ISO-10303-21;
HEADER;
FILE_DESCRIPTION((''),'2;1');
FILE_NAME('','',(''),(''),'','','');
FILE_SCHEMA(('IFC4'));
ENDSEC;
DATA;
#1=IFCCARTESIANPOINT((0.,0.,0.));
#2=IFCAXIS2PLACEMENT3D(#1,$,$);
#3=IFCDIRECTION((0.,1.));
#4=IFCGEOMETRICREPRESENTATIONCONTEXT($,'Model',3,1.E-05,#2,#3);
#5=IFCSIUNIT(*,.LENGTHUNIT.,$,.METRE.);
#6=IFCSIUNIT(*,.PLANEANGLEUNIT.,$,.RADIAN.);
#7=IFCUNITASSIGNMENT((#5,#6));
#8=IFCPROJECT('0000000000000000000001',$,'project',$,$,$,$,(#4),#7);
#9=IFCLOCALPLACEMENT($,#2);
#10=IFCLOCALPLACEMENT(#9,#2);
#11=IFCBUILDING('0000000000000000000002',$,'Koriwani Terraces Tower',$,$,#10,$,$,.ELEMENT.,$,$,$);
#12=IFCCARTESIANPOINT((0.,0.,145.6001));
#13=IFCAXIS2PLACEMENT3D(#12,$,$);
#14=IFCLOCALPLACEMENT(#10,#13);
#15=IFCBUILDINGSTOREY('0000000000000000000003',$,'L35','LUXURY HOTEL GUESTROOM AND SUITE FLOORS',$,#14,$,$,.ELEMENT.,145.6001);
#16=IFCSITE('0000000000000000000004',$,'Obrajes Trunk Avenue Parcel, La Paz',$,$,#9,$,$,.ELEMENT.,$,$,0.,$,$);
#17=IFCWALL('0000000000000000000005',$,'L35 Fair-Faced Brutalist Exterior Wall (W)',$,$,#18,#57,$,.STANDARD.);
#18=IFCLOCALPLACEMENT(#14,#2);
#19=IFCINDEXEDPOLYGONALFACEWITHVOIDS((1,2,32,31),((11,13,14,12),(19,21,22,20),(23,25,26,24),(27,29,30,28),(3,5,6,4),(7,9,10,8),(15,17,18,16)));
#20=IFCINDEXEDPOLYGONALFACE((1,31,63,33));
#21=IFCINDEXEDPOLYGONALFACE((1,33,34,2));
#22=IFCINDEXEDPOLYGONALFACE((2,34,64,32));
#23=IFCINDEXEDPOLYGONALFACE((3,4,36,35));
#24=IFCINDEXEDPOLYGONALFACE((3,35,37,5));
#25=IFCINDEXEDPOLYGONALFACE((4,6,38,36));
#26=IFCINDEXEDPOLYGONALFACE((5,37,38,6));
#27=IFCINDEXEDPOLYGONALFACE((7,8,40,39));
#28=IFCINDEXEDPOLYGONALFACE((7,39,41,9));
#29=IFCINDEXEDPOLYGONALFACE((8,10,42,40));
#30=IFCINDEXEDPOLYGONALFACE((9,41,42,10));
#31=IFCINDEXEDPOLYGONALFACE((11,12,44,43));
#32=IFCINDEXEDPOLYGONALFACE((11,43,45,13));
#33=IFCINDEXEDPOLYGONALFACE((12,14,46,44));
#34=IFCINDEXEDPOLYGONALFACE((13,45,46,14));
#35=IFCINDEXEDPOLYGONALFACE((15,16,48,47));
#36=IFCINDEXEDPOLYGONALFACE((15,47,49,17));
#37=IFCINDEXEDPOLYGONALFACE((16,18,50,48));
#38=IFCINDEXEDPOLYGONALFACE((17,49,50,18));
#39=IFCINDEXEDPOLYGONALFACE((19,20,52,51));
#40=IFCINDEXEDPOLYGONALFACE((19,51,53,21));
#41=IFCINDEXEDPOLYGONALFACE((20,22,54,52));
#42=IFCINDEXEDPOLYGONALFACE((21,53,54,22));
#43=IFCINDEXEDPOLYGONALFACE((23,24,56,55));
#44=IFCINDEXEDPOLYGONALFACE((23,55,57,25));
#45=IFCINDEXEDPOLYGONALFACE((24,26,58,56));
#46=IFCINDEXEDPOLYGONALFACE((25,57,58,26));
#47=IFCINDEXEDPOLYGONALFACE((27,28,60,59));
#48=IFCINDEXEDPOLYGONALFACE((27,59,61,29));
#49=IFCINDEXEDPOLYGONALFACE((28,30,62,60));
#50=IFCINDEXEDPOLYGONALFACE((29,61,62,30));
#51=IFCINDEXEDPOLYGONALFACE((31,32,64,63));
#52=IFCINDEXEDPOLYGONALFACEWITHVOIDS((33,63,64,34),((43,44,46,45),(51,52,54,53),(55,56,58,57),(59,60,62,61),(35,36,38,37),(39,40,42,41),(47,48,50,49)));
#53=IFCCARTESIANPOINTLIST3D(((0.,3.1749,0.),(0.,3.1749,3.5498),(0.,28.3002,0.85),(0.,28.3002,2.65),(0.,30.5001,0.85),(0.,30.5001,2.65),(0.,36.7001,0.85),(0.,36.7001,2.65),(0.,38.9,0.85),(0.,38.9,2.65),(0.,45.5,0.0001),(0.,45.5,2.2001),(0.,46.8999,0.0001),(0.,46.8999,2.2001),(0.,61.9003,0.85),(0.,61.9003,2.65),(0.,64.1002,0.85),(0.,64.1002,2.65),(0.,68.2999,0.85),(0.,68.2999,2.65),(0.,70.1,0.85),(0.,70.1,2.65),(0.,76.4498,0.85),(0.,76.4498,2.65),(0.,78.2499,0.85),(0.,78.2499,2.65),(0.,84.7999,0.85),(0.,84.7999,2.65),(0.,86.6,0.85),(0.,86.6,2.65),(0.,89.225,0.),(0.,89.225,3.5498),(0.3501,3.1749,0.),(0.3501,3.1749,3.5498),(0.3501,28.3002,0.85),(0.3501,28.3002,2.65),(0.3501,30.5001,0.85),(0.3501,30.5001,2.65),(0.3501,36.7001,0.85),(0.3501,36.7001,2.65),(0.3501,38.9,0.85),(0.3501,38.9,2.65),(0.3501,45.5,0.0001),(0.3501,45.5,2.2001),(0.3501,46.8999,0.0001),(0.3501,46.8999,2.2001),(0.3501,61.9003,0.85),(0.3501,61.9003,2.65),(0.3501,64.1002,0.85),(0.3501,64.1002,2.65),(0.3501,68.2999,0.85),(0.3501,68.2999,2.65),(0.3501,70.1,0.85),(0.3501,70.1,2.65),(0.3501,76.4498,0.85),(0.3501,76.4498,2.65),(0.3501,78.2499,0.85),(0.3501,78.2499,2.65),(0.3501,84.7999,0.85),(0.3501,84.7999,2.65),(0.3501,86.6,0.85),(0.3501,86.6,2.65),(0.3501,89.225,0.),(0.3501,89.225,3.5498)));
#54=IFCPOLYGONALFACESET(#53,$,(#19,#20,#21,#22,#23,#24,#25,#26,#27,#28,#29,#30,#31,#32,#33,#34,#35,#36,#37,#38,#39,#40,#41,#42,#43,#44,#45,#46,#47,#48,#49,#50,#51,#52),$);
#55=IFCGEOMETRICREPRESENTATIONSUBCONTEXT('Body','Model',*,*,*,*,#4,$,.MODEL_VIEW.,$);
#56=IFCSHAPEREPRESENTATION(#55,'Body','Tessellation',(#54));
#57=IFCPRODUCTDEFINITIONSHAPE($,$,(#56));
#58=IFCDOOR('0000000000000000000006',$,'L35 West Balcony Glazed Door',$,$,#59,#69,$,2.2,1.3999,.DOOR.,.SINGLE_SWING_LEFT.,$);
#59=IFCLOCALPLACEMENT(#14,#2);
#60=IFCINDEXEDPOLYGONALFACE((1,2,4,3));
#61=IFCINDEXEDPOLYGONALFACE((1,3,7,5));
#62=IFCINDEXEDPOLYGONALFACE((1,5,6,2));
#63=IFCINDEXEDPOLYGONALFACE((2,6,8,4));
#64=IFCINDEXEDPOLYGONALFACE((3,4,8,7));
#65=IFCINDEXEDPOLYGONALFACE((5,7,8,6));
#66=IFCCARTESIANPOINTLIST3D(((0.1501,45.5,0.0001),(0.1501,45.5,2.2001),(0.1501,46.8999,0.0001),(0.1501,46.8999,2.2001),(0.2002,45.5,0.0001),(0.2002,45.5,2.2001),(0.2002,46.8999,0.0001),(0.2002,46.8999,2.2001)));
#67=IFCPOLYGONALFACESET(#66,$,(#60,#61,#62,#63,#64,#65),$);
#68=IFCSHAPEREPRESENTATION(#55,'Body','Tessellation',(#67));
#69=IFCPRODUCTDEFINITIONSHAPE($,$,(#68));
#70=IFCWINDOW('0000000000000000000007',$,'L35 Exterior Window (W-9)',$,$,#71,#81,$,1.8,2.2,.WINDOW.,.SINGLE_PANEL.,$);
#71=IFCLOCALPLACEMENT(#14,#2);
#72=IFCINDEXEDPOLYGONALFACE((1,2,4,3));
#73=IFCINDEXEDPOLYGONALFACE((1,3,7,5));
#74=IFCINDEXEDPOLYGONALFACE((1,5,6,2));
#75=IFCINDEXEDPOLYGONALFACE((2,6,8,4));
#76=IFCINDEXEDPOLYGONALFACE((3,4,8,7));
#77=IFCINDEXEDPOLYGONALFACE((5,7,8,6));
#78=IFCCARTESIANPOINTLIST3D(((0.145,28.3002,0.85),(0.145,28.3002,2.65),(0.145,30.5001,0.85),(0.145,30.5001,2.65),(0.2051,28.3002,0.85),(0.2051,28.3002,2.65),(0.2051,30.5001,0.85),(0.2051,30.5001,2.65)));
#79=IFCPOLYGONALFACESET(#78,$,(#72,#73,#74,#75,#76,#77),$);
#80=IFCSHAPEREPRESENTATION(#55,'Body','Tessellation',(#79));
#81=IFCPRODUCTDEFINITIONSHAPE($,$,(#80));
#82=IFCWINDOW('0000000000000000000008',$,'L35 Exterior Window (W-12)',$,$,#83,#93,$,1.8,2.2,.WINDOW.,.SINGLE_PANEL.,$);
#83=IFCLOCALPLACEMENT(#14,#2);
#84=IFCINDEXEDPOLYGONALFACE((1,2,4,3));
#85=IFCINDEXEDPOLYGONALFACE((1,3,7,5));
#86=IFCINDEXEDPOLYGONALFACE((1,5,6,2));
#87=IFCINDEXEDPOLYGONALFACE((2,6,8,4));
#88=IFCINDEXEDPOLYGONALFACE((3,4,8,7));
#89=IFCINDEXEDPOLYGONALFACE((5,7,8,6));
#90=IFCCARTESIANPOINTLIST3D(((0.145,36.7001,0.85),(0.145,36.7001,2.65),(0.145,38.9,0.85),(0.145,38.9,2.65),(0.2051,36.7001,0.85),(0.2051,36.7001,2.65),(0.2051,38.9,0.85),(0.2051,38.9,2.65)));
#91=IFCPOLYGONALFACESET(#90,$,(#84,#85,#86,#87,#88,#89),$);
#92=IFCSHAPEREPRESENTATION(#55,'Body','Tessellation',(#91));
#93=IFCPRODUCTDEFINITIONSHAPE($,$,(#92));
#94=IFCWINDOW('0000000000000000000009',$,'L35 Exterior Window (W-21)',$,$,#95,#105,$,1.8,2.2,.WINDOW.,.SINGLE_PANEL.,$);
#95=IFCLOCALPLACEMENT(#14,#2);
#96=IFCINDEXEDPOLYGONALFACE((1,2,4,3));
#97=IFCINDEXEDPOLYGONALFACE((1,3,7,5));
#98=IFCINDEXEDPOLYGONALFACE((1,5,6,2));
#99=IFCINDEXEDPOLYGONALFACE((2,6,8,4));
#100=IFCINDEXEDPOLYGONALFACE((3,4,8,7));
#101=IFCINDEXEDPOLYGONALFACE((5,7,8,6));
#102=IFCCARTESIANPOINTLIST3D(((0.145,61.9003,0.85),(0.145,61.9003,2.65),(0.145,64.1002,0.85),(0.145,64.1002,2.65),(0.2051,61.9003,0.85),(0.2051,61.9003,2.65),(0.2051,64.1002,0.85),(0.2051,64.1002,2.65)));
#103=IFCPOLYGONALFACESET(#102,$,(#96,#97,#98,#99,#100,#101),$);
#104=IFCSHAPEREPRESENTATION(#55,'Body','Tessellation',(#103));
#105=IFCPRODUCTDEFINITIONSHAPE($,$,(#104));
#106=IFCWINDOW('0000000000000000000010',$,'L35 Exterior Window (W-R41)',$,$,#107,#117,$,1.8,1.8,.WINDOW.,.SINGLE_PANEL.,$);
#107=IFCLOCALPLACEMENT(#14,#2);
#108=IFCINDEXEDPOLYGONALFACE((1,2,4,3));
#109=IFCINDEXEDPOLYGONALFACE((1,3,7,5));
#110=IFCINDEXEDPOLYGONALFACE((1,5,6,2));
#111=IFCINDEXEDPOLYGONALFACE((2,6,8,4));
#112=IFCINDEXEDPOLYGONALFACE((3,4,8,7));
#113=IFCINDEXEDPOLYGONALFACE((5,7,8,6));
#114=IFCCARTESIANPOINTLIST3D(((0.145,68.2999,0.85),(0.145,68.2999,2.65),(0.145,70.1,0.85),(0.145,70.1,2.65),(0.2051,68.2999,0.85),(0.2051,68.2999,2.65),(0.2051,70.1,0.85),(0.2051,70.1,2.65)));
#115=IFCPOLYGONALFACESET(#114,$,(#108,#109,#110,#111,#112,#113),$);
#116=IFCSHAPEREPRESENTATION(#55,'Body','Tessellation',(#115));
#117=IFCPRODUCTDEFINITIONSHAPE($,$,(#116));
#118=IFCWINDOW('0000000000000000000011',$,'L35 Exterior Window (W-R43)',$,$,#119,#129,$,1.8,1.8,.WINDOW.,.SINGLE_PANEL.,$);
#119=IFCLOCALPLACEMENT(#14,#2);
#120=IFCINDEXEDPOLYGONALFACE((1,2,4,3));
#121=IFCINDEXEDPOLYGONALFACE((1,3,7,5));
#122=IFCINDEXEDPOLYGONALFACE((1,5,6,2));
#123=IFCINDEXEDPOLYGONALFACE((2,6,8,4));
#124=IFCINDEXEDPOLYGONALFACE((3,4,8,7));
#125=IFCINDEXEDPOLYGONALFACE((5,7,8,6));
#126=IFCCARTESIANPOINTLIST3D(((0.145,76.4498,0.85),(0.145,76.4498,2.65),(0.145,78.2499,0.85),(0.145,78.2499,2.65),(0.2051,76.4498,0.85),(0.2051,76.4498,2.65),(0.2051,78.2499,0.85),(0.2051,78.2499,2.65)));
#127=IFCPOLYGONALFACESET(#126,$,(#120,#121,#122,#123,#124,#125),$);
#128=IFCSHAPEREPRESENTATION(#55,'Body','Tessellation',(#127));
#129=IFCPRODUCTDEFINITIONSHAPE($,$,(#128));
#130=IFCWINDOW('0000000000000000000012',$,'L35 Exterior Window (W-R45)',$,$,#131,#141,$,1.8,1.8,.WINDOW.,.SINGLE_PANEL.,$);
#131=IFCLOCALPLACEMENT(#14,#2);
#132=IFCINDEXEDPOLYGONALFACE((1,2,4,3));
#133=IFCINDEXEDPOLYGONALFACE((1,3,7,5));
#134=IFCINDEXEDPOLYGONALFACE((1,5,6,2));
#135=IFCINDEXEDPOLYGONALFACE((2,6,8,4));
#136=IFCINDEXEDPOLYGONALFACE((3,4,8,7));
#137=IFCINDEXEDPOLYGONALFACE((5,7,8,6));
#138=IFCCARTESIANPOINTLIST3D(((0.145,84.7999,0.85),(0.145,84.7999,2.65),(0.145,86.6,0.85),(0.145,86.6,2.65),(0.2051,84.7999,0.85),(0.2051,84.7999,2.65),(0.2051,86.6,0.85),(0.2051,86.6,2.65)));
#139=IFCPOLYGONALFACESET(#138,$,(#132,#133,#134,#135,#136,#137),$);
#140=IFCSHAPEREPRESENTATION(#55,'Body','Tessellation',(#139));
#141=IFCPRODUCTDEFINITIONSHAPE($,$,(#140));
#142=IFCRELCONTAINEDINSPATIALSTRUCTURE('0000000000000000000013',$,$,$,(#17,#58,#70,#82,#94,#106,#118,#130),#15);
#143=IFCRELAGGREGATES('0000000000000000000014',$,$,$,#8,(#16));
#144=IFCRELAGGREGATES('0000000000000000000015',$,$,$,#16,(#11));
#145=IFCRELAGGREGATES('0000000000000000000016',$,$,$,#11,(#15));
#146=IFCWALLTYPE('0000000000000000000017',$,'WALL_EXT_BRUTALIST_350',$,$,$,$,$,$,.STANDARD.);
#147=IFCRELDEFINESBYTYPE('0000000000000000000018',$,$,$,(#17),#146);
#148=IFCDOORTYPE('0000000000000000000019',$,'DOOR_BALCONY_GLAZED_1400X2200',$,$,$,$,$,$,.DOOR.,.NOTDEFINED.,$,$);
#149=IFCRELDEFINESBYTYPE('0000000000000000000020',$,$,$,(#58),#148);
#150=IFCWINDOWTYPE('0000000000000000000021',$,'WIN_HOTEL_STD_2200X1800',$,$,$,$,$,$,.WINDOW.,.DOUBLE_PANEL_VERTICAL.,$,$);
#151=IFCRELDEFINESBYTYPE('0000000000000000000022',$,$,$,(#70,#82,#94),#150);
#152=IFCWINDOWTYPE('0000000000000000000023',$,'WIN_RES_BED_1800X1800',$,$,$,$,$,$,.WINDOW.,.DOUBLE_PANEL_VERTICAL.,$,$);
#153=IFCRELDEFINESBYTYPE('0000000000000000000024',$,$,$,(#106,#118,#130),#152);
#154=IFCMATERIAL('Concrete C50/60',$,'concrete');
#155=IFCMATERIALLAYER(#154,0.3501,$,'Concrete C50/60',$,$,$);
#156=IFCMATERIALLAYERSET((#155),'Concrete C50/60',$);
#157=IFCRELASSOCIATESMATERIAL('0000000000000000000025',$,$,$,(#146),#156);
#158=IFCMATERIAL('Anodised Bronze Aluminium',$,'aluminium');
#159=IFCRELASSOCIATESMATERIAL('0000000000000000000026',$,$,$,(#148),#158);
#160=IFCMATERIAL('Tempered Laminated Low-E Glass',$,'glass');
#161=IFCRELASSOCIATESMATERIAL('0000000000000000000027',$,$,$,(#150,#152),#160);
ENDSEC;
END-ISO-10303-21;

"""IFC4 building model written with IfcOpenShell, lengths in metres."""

from ifc_helpers import new_model, si_unit, direction, frame, frame_2d, origin, place, context, subcontext, project, spatial, rectangle, extrude, material, layer, layer_set, type_object, element, fill, save


model = new_model("IFC4")

# Units and contexts
model_context = context("Model", 3, precision=1e-05, world=origin(), true_north=direction((0.0, 1.0)))
body_context = subcontext(model_context, "Body", "Model", "MODEL_VIEW")
ifc_project = project(units=[si_unit("LENGTHUNIT", "METRE"), si_unit("PLANEANGLEUNIT", "RADIAN")], contexts=[model_context])

# Site, building, storey
site_placement = place(None, origin())
site = spatial("IfcSite", under=ifc_project, at=site_placement, Name="Obrajes Trunk Avenue Parcel, La Paz", CompositionType="ELEMENT", RefElevation=0.0)
building_placement = place(site_placement, origin())
building = spatial("IfcBuilding", under=site, at=building_placement, Name="Koriwani Terraces Tower", CompositionType="ELEMENT")
storey_placement = place(building_placement, frame((0.0, 0.0, 145.6001)))
storey = spatial("IfcBuildingStorey", under=building, at=storey_placement, Name="L35", Description="LUXURY HOTEL GUESTROOM AND SUITE FLOORS", CompositionType="ELEMENT", Elevation=145.6001)

# Shared definitions
ifc_material_1 = material(Name="Concrete C50/60", Category="concrete")

# Shared definitions
ifc_layer_1 = layer(ifc_material_1, 0.3501, Name="Concrete C50/60")
ifc_layer_set_1 = layer_set([ifc_layer_1], Name="Concrete C50/60")
wall_type_1 = type_object("IfcWallType", Name="WALL_EXT_BRUTALIST_350", PredefinedType="STANDARD", material=ifc_layer_set_1)

# Wall, openings, door, windows
wall_placement = place(storey_placement, frame((0.175, 3.175, 0.0), z_axis=(0.0, 0.0, 1.0), x_axis=(0.0, 1.0, 0.0)))
wall = element("IfcWall", 1, at=wall_placement, inside=storey, type_object=wall_type_1, Name="L35 Fair-Faced Brutalist Exterior Wall (W)", PredefinedType="STANDARD", context=body_context, shape_type="SweptSolid", body=[
    extrude(rectangle(XDim=86.05, YDim=0.3501, at=frame_2d((43.0249, 0.0))), origin(), (0.0, 0.0, 1.0), 3.5498),
])
opening_1_placement = place(wall_placement, frame((42.325, 0.0, 0.0)))
opening_1 = element("IfcOpeningElement", 2, at=opening_1_placement, cuts=wall, PredefinedType="OPENING", context=body_context, shape_type="SweptSolid", body=[
    extrude(rectangle(XDim=1.3999, YDim=2.2, at=frame_2d((0.7, 1.1001))), frame((0.0, 0.1851, 0.0), z_axis=(0.0, -1.0, 0.0), x_axis=(1.0, 0.0, 0.0)), (0.0, 0.0, 1.0), 0.3701),
])
opening_2_placement = place(wall_placement, frame((25.125, 0.0, 0.8501)))
opening_2 = element("IfcOpeningElement", 3, at=opening_2_placement, cuts=wall, PredefinedType="OPENING", context=body_context, shape_type="SweptSolid", body=[
    extrude(rectangle(XDim=2.2, YDim=1.8, at=frame_2d((1.1001, 0.8999))), frame((0.0, 0.1851, 0.0), z_axis=(0.0, -1.0, 0.0), x_axis=(1.0, 0.0, 0.0)), (0.0, 0.0, 1.0), 0.3701),
])
opening_3_placement = place(wall_placement, frame((33.5249, 0.0, 0.8501)))
opening_3 = element("IfcOpeningElement", 4, at=opening_3_placement, cuts=wall, PredefinedType="OPENING", context=body_context, shape_type="SweptSolid", body=[
    extrude(rectangle(XDim=2.2, YDim=1.8, at=frame_2d((1.1001, 0.8999))), frame((0.0, 0.1851, 0.0), z_axis=(0.0, -1.0, 0.0), x_axis=(1.0, 0.0, 0.0)), (0.0, 0.0, 1.0), 0.3701),
])
opening_4_placement = place(wall_placement, frame((58.7251, 0.0, 0.8501)))
opening_4 = element("IfcOpeningElement", 5, at=opening_4_placement, cuts=wall, PredefinedType="OPENING", context=body_context, shape_type="SweptSolid", body=[
    extrude(rectangle(XDim=2.2, YDim=1.8, at=frame_2d((1.1001, 0.8999))), frame((0.0, 0.1851, 0.0), z_axis=(0.0, -1.0, 0.0), x_axis=(1.0, 0.0, 0.0)), (0.0, 0.0, 1.0), 0.3701),
])
opening_5_placement = place(wall_placement, frame((65.125, 0.0, 0.8501)))
opening_5 = element("IfcOpeningElement", 6, at=opening_5_placement, cuts=wall, PredefinedType="OPENING", context=body_context, shape_type="SweptSolid", body=[
    extrude(rectangle(XDim=1.8, YDim=1.8, at=frame_2d((0.8999, 0.8999))), frame((0.0, 0.1851, 0.0), z_axis=(0.0, -1.0, 0.0), x_axis=(1.0, 0.0, 0.0)), (0.0, 0.0, 1.0), 0.3701),
])
opening_6_placement = place(wall_placement, frame((73.2749, 0.0, 0.8501)))
opening_6 = element("IfcOpeningElement", 7, at=opening_6_placement, cuts=wall, PredefinedType="OPENING", context=body_context, shape_type="SweptSolid", body=[
    extrude(rectangle(XDim=1.8, YDim=1.8, at=frame_2d((0.8999, 0.8999))), frame((0.0, 0.1851, 0.0), z_axis=(0.0, -1.0, 0.0), x_axis=(1.0, 0.0, 0.0)), (0.0, 0.0, 1.0), 0.3701),
])
opening_7_placement = place(wall_placement, frame((81.625, 0.0, 0.8501)))
opening_7 = element("IfcOpeningElement", 8, at=opening_7_placement, cuts=wall, PredefinedType="OPENING", context=body_context, shape_type="SweptSolid", body=[
    extrude(rectangle(XDim=1.8, YDim=1.8, at=frame_2d((0.8999, 0.8999))), frame((0.0, 0.1851, 0.0), z_axis=(0.0, -1.0, 0.0), x_axis=(1.0, 0.0, 0.0)), (0.0, 0.0, 1.0), 0.3701),
])
ifc_material_2 = material(Name="Anodised Bronze Aluminium", Category="aluminium")
door_type = type_object("IfcDoorType", Name="DOOR_BALCONY_GLAZED_1400X2200", OperationType="NOTDEFINED", PredefinedType="DOOR", material=ifc_material_2)
door_placement = place(opening_1_placement, origin())
door = element("IfcDoor", 9, at=door_placement, inside=storey, type_object=door_type, Name="L35 West Balcony Glazed Door", OperationType="SINGLE_SWING_LEFT", OverallHeight=2.2, OverallWidth=1.3999, PredefinedType="DOOR", context=body_context, shape_type="SweptSolid", body=[
    extrude(rectangle(XDim=1.3999, YDim=2.2, at=frame_2d((0.7, 1.1001))), frame((0.0, 0.0249, 0.0), z_axis=(0.0, -1.0, 0.0), x_axis=(1.0, 0.0, 0.0)), (0.0, 0.0, 1.0), 0.05),
])
fill(opening_1, door)
ifc_material_3 = material(Name="Tempered Laminated Low-E Glass", Category="glass")
window_type_1 = type_object("IfcWindowType", Name="WIN_HOTEL_STD_2200X1800", PartitioningType="DOUBLE_PANEL_VERTICAL", PredefinedType="WINDOW", material=ifc_material_3)
window_1_placement = place(opening_2_placement, origin())
window_1 = element("IfcWindow", 10, at=window_1_placement, inside=storey, type_object=window_type_1, Name="L35 Exterior Window (W-9)", OverallHeight=1.8, OverallWidth=2.2, PartitioningType="SINGLE_PANEL", PredefinedType="WINDOW", context=body_context, shape_type="SweptSolid", body=[
    extrude(rectangle(XDim=2.2, YDim=1.8, at=frame_2d((1.1001, 0.8999))), frame((0.0, 0.03, 0.0), z_axis=(0.0, -1.0, 0.0), x_axis=(1.0, 0.0, 0.0)), (0.0, 0.0, 1.0), 0.0601),
])
fill(opening_2, window_1)
window_2_placement = place(opening_3_placement, origin())
window_2 = element("IfcWindow", 11, at=window_2_placement, inside=storey, type_object=window_type_1, Name="L35 Exterior Window (W-12)", OverallHeight=1.8, OverallWidth=2.2, PartitioningType="SINGLE_PANEL", PredefinedType="WINDOW", context=body_context, shape_type="SweptSolid", body=[
    extrude(rectangle(XDim=2.2, YDim=1.8, at=frame_2d((1.1001, 0.8999))), frame((0.0, 0.03, 0.0), z_axis=(0.0, -1.0, 0.0), x_axis=(1.0, 0.0, 0.0)), (0.0, 0.0, 1.0), 0.0601),
])
fill(opening_3, window_2)
window_3_placement = place(opening_4_placement, origin())
window_3 = element("IfcWindow", 12, at=window_3_placement, inside=storey, type_object=window_type_1, Name="L35 Exterior Window (W-21)", OverallHeight=1.8, OverallWidth=2.2, PartitioningType="SINGLE_PANEL", PredefinedType="WINDOW", context=body_context, shape_type="SweptSolid", body=[
    extrude(rectangle(XDim=2.2, YDim=1.8, at=frame_2d((1.1001, 0.8999))), frame((0.0, 0.03, 0.0), z_axis=(0.0, -1.0, 0.0), x_axis=(1.0, 0.0, 0.0)), (0.0, 0.0, 1.0), 0.0601),
])
fill(opening_4, window_3)
window_type_2 = type_object("IfcWindowType", Name="WIN_RES_BED_1800X1800", PartitioningType="DOUBLE_PANEL_VERTICAL", PredefinedType="WINDOW", material=ifc_material_3)
window_4_placement = place(opening_5_placement, origin())
window_4 = element("IfcWindow", 13, at=window_4_placement, inside=storey, type_object=window_type_2, Name="L35 Exterior Window (W-R41)", OverallHeight=1.8, OverallWidth=1.8, PartitioningType="SINGLE_PANEL", PredefinedType="WINDOW", context=body_context, shape_type="SweptSolid", body=[
    extrude(rectangle(XDim=1.8, YDim=1.8, at=frame_2d((0.8999, 0.8999))), frame((0.0, 0.03, 0.0), z_axis=(0.0, -1.0, 0.0), x_axis=(1.0, 0.0, 0.0)), (0.0, 0.0, 1.0), 0.0601),
])
fill(opening_5, window_4)
window_5_placement = place(opening_6_placement, origin())
window_5 = element("IfcWindow", 14, at=window_5_placement, inside=storey, type_object=window_type_2, Name="L35 Exterior Window (W-R43)", OverallHeight=1.8, OverallWidth=1.8, PartitioningType="SINGLE_PANEL", PredefinedType="WINDOW", context=body_context, shape_type="SweptSolid", body=[
    extrude(rectangle(XDim=1.8, YDim=1.8, at=frame_2d((0.8999, 0.8999))), frame((0.0, 0.03, 0.0), z_axis=(0.0, -1.0, 0.0), x_axis=(1.0, 0.0, 0.0)), (0.0, 0.0, 1.0), 0.0601),
])
fill(opening_6, window_5)
window_6_placement = place(opening_7_placement, origin())
window_6 = element("IfcWindow", 15, at=window_6_placement, inside=storey, type_object=window_type_2, Name="L35 Exterior Window (W-R45)", OverallHeight=1.8, OverallWidth=1.8, PartitioningType="SINGLE_PANEL", PredefinedType="WINDOW", context=body_context, shape_type="SweptSolid", body=[
    extrude(rectangle(XDim=1.8, YDim=1.8, at=frame_2d((0.8999, 0.8999))), frame((0.0, 0.03, 0.0), z_axis=(0.0, -1.0, 0.0), x_axis=(1.0, 0.0, 0.0)), (0.0, 0.0, 1.0), 0.0601),
])
fill(opening_7, window_6)

save(model, "model.ifc")
